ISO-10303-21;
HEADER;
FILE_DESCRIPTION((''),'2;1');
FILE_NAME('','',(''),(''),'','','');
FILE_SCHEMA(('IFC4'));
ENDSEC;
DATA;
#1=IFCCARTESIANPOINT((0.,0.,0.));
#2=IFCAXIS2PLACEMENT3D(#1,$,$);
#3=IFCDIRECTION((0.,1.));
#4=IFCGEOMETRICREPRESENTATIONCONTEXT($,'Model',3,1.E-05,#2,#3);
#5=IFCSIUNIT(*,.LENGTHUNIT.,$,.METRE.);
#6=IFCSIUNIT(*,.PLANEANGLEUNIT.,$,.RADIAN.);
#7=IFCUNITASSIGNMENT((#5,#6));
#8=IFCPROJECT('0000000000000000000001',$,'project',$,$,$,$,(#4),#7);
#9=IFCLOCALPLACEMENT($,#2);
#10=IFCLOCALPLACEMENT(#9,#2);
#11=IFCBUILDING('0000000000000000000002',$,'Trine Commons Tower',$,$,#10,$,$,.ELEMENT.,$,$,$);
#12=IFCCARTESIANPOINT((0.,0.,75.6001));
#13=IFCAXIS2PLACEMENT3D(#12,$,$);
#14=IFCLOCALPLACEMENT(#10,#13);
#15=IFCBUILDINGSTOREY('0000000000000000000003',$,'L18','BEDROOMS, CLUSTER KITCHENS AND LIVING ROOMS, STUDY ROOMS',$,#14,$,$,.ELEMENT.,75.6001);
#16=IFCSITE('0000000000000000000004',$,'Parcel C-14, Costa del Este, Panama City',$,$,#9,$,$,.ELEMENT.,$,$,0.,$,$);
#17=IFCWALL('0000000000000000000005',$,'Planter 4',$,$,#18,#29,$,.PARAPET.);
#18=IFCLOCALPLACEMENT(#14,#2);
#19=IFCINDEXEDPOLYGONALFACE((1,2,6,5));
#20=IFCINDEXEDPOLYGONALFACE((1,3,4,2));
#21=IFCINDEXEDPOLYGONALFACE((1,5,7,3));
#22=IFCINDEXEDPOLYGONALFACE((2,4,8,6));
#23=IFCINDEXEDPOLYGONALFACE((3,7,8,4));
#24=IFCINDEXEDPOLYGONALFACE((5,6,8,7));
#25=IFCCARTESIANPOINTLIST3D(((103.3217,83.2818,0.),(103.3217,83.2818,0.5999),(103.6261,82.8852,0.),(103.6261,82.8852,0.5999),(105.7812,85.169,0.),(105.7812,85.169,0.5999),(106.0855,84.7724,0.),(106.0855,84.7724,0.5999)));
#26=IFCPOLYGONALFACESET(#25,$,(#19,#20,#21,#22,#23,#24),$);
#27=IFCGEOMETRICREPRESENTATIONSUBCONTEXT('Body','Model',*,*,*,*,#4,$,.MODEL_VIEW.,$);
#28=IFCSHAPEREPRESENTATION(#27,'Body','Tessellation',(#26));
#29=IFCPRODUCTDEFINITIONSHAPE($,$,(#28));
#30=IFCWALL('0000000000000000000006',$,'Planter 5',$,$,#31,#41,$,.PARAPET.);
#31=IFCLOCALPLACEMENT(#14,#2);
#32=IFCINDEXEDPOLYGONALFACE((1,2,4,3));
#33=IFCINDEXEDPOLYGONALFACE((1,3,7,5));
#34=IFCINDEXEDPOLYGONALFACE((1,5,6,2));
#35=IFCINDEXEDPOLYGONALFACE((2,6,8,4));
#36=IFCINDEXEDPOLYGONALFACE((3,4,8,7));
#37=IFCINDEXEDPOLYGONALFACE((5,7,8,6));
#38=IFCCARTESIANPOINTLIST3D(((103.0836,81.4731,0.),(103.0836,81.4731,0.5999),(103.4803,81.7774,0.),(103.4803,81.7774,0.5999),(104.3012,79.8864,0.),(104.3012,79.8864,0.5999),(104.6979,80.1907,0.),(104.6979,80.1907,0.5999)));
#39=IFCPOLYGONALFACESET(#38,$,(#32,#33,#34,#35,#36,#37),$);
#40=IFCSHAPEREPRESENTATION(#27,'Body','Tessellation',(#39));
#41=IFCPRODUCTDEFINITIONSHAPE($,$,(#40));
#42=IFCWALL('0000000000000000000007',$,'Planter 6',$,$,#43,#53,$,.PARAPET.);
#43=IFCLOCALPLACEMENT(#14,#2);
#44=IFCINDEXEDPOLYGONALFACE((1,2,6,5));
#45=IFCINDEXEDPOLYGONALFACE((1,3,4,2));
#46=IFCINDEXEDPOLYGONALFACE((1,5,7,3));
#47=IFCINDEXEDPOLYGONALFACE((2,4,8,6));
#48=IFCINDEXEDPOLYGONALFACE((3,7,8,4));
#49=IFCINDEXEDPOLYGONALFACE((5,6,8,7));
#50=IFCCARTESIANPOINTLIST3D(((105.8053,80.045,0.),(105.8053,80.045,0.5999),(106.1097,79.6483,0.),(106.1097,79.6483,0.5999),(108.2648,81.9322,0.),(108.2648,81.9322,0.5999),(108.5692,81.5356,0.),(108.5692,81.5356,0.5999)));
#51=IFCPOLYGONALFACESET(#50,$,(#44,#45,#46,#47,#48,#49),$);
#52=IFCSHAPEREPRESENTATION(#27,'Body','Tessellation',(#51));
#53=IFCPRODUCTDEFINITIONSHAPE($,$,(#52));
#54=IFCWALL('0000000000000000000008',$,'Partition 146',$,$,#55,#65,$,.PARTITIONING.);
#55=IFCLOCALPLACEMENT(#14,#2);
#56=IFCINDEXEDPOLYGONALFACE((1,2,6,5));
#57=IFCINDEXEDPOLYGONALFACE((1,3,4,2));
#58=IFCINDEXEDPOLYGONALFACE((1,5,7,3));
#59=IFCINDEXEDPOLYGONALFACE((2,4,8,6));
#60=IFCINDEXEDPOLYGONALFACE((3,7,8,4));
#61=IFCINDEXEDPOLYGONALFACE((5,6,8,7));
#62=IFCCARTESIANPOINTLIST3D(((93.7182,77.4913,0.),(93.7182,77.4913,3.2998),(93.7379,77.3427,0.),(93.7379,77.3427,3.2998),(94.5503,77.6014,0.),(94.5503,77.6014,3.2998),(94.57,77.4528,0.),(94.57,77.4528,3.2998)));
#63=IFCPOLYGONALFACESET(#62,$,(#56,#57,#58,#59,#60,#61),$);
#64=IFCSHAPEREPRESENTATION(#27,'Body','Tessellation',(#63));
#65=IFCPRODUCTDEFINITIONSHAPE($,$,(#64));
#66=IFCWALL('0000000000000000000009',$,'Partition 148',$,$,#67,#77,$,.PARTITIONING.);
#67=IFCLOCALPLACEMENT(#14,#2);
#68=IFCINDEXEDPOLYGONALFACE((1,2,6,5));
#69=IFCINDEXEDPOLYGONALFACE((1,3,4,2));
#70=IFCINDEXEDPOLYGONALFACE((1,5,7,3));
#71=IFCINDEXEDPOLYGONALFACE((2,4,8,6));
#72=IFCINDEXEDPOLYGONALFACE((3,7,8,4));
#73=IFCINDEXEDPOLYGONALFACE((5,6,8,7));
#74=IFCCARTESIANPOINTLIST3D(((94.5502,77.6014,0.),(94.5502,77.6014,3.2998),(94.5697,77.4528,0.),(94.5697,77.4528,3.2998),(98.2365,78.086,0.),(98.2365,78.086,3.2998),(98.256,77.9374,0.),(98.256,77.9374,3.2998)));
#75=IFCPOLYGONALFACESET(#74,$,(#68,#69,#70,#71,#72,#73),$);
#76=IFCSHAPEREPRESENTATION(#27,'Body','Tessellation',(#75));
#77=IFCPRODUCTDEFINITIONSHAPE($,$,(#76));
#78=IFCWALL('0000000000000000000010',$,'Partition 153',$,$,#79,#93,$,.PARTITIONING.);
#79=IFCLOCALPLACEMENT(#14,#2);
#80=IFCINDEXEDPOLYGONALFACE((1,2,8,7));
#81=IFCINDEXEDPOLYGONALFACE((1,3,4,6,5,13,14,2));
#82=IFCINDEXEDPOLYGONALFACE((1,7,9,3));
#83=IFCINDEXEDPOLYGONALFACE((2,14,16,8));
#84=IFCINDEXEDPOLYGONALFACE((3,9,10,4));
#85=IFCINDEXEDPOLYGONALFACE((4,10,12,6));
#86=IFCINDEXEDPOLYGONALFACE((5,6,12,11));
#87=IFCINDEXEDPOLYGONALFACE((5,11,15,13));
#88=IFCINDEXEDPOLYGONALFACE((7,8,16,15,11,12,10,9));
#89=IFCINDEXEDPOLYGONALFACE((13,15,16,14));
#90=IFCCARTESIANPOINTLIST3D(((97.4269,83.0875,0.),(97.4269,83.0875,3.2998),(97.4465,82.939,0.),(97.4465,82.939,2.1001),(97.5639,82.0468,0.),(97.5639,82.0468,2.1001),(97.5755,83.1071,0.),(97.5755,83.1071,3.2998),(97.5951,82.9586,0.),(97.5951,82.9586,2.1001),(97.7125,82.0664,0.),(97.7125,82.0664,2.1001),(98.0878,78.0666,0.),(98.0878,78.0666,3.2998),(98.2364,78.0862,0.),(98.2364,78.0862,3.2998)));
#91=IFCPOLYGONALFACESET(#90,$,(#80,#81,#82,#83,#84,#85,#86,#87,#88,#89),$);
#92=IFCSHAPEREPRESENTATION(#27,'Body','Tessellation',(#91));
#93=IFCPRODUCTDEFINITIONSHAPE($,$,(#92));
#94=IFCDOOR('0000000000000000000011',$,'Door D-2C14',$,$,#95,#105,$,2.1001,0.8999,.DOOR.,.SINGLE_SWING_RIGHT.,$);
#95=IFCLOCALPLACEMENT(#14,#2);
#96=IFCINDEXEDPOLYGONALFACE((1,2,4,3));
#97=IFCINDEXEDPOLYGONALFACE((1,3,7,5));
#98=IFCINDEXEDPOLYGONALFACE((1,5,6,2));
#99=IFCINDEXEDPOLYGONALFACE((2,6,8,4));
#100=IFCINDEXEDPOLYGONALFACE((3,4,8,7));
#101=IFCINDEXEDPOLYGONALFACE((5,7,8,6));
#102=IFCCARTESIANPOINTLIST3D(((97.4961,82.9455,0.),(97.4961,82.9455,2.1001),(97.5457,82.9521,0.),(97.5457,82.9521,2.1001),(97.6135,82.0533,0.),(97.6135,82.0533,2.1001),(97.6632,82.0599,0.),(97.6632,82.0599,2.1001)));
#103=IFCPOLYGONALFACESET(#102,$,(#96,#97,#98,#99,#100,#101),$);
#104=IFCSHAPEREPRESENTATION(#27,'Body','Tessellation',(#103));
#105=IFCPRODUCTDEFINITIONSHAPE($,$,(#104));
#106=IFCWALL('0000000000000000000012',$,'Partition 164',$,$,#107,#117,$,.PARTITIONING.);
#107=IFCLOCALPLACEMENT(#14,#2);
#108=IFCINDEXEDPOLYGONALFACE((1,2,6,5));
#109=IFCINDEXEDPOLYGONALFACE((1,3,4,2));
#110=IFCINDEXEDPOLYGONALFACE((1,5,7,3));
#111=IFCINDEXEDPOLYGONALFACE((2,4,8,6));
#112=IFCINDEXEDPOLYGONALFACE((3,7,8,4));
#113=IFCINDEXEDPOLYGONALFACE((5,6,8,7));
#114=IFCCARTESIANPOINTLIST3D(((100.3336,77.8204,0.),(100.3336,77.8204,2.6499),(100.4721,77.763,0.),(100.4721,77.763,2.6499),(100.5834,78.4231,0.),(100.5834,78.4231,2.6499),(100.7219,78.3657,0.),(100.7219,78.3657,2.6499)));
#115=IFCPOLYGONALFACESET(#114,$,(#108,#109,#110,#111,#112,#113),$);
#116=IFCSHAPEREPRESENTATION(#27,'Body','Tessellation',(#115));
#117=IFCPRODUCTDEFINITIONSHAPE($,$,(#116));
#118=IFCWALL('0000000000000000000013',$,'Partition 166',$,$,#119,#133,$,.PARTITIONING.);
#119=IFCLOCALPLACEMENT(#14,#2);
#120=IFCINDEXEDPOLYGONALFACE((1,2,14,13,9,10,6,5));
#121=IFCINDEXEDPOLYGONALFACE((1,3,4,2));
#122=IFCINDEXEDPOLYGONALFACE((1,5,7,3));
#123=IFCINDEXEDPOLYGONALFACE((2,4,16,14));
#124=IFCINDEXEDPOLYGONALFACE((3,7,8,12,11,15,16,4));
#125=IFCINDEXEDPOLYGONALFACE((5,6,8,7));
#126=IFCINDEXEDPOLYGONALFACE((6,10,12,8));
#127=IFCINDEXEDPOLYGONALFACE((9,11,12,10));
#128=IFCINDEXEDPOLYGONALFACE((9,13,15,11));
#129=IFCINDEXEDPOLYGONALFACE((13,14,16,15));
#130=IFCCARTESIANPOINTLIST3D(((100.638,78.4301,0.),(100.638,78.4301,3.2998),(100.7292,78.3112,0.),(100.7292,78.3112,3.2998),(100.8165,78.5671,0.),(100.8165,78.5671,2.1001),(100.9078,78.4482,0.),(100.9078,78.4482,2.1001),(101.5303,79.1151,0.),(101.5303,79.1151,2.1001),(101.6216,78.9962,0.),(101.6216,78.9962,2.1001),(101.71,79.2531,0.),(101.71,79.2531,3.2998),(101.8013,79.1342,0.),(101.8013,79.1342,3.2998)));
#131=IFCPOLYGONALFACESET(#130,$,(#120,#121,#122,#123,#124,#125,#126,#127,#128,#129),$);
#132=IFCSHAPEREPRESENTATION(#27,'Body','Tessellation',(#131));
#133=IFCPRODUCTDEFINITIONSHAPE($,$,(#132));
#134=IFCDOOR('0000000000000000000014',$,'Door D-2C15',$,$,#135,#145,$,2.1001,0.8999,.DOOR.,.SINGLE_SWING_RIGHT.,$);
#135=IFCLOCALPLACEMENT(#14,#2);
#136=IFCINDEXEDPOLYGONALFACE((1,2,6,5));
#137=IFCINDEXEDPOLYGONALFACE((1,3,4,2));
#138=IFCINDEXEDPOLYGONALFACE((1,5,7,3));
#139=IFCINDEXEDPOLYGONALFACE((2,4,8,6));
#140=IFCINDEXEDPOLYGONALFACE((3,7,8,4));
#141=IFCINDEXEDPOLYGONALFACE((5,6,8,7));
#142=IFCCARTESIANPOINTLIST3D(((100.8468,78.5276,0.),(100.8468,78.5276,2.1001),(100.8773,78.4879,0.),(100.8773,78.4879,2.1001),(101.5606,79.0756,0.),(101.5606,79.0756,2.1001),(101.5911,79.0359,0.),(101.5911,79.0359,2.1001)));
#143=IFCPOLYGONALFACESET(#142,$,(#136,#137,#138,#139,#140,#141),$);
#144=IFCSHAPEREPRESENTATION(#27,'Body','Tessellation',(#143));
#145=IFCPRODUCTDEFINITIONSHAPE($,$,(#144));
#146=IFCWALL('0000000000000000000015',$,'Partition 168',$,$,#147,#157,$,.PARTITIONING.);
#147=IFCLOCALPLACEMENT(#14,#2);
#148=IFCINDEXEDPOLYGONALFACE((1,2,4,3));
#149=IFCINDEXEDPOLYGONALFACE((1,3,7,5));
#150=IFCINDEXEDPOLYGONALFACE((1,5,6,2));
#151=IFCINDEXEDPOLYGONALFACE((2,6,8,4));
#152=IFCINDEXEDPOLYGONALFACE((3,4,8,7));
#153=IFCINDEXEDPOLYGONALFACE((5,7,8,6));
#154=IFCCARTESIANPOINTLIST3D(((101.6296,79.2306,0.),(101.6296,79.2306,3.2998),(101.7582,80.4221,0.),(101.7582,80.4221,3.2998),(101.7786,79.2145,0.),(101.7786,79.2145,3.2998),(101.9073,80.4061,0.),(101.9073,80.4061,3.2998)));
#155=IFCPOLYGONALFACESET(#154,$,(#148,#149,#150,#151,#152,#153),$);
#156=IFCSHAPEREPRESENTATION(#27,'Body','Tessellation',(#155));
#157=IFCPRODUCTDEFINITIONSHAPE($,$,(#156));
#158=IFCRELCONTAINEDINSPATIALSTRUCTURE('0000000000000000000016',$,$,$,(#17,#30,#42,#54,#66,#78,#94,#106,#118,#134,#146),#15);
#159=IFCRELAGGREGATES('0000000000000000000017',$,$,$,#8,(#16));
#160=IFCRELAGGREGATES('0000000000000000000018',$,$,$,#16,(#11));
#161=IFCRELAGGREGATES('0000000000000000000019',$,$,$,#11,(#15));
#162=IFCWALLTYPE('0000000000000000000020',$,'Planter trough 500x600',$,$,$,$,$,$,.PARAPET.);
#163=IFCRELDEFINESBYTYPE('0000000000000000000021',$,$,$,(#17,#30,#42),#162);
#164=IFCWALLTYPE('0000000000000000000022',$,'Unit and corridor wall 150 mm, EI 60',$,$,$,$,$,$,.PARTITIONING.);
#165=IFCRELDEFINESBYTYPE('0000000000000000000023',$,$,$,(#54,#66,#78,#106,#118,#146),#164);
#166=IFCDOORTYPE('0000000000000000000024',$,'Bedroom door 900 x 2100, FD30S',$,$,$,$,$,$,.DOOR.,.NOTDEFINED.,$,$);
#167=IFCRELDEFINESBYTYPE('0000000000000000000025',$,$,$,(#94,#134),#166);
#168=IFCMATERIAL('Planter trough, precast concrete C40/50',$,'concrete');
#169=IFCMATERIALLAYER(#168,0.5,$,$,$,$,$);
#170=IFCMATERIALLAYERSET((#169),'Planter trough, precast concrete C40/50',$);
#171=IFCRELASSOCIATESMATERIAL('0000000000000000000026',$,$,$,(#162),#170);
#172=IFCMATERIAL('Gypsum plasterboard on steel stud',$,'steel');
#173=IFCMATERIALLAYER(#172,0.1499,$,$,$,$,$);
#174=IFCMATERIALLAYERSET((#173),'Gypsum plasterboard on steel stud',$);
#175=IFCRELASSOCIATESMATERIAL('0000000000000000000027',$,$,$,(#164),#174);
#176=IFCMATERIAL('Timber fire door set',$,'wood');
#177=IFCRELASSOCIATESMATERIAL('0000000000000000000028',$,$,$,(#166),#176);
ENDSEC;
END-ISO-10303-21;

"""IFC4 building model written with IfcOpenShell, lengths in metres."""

from ifc_helpers import new_model, si_unit, direction, frame, frame_2d, origin, place, context, subcontext, project, spatial, rectangle, extrude, material, layer, layer_set, type_object, element, fill, save


model = new_model("IFC4")

# Units and contexts
model_context = context("Model", 3, precision=1e-05, world=origin(), true_north=direction((0.0, 1.0)))
body_context = subcontext(model_context, "Body", "Model", "MODEL_VIEW")
ifc_project = project(units=[si_unit("LENGTHUNIT", "METRE"), si_unit("PLANEANGLEUNIT", "RADIAN")], contexts=[model_context])

# Site, building, storey
site_placement = place(None, origin())
site = spatial("IfcSite", under=ifc_project, at=site_placement, Name="Parcel C-14, Costa del Este, Panama City", CompositionType="ELEMENT", RefElevation=0.0)
building_placement = place(site_placement, origin())
building = spatial("IfcBuilding", under=site, at=building_placement, Name="Trine Commons Tower", CompositionType="ELEMENT")
storey_placement = place(building_placement, frame((0.0, 0.0, 75.6001)))
storey = spatial("IfcBuildingStorey", under=building, at=storey_placement, Name="L18", Description="BEDROOMS, CLUSTER KITCHENS AND LIVING ROOMS, STUDY ROOMS", CompositionType="ELEMENT", Elevation=75.6001)

# Walls
ifc_material_1 = material(Name="Planter trough, precast concrete C40/50", Category="concrete")
ifc_layer_1 = layer(ifc_material_1, 0.5)
ifc_layer_set_1 = layer_set([ifc_layer_1], Name="Planter trough, precast concrete C40/50")
wall_type_1 = type_object("IfcWallType", Name="Planter trough 500x600", PredefinedType="PARAPET", material=ifc_layer_set_1)
wall_1_placement = place(storey_placement, frame((105.9333, 84.9707, 0.0), z_axis=(0.0, 0.0, 1.0), x_axis=(-0.793355, -0.608759, 0.0)))
element("IfcWall", 1, at=wall_1_placement, inside=storey, type_object=wall_type_1, Name="Planter 4", PredefinedType="PARAPET", context=body_context, shape_type="SweptSolid", body=[
    extrude(rectangle(XDim=3.1001, YDim=0.5, at=frame_2d((1.55, 0.0))), origin(), (0.0, 0.0, 1.0), 0.5999),
])
wall_2_placement = place(storey_placement, frame((103.282, 81.6252, 0.0), z_axis=(0.0, 0.0, 1.0), x_axis=(0.608772, -0.793345, 0.0)))
element("IfcWall", 2, at=wall_2_placement, inside=storey, type_object=wall_type_1, Name="Planter 5", PredefinedType="PARAPET", context=body_context, shape_type="SweptSolid", body=[
    extrude(rectangle(XDim=2.0, YDim=0.5, at=frame_2d((1.0, 0.0))), origin(), (0.0, 0.0, 1.0), 0.5999),
])
wall_3_placement = place(storey_placement, frame((105.9575, 79.8467, 0.0), z_axis=(0.0, 0.0, 1.0), x_axis=(0.793355, 0.608759, 0.0)))
element("IfcWall", 3, at=wall_3_placement, inside=storey, type_object=wall_type_1, Name="Planter 6", PredefinedType="PARAPET", context=body_context, shape_type="SweptSolid", body=[
    extrude(rectangle(XDim=3.1001, YDim=0.5, at=frame_2d((1.55, 0.0))), origin(), (0.0, 0.0, 1.0), 0.5999),
])
ifc_material_2 = material(Name="Gypsum plasterboard on steel stud", Category="steel")
ifc_layer_2 = layer(ifc_material_2, 0.1499)
ifc_layer_set_2 = layer_set([ifc_layer_2], Name="Gypsum plasterboard on steel stud")
wall_type_2 = type_object("IfcWallType", Name="Unit and corridor wall 150 mm, EI 60", PredefinedType="PARTITIONING", material=ifc_layer_set_2)
wall_4_placement = place(storey_placement, frame((93.728, 77.417, 0.0), z_axis=(0.0, 0.0, 1.0), x_axis=(0.991357, 0.131192, 0.0)))
element("IfcWall", 4, at=wall_4_placement, inside=storey, type_object=wall_type_2, Name="Partition 146", PredefinedType="PARTITIONING", context=body_context, shape_type="SweptSolid", body=[
    extrude(rectangle(XDim=0.8394, YDim=0.1499, at=frame_2d((0.4197, 0.0))), origin(), (0.0, 0.0, 1.0), 3.2998),
])
wall_5_placement = place(storey_placement, frame((94.5601, 77.5271, 0.0), z_axis=(0.0, 0.0, 1.0), x_axis=(0.991469, 0.130344, 0.0)))
element("IfcWall", 5, at=wall_5_placement, inside=storey, type_object=wall_type_2, Name="Partition 148", PredefinedType="PARTITIONING", context=body_context, shape_type="SweptSolid", body=[
    extrude(rectangle(XDim=3.718, YDim=0.1499, at=frame_2d((1.8589, 0.0))), origin(), (0.0, 0.0, 1.0), 3.2998),
])

# Wall, opening, door
wall_6_placement = place(storey_placement, frame((97.5012, 83.0974, 0.0), z_axis=(0.0, 0.0, 1.0), x_axis=(0.130499, -0.991448, 0.0)))
wall_6 = element("IfcWall", 6, at=wall_6_placement, inside=storey, type_object=wall_type_2, Name="Partition 153", PredefinedType="PARTITIONING", context=body_context, shape_type="SweptSolid", body=[
    extrude(rectangle(XDim=5.0642, YDim=0.1499, at=frame_2d((2.5322, 0.0))), origin(), (0.0, 0.0, 1.0), 3.2998),
])
opening_1_placement = place(wall_6_placement, frame((0.1499, 0.0, 0.0)))
opening_1 = element("IfcOpeningElement", 7, at=opening_1_placement, cuts=wall_6, PredefinedType="OPENING", context=body_context, shape_type="SweptSolid", body=[
    extrude(rectangle(XDim=0.8999, YDim=2.1001, at=frame_2d((0.45, 1.05))), frame((0.0, 0.085, 0.0), z_axis=(0.0, -1.0, 0.0), x_axis=(1.0, 0.0, 0.0)), (0.0, 0.0, 1.0), 0.1699),
])
ifc_material_3 = material(Name="Timber fire door set", Category="wood")
door_type_1 = type_object("IfcDoorType", Name="Bedroom door 900 x 2100, FD30S", OperationType="NOTDEFINED", PredefinedType="DOOR", material=ifc_material_3)
door_1_placement = place(opening_1_placement, frame((0.8999, 0.0, 0.0), z_axis=(0.0, 0.0, 1.0), x_axis=(-1.0, 0.0, 0.0)))
door_1 = element("IfcDoor", 8, at=door_1_placement, inside=storey, type_object=door_type_1, Name="Door D-2C14", OperationType="SINGLE_SWING_RIGHT", OverallHeight=2.1001, OverallWidth=0.8999, PredefinedType="DOOR", context=body_context, shape_type="SweptSolid", body=[
    extrude(rectangle(XDim=0.8999, YDim=2.1001, at=frame_2d((0.45, 1.05))), frame((0.0, 0.0249, 0.0), z_axis=(0.0, -1.0, 0.0), x_axis=(1.0, 0.0, 0.0)), (0.0, 0.0, 1.0), 0.05),
])
fill(opening_1, door_1)

# Wall
wall_7_placement = place(storey_placement, frame((100.4028, 77.7917, 0.0), z_axis=(0.0, 0.0, 1.0), x_axis=(0.382914, 0.923784, 0.0)))
element("IfcWall", 9, at=wall_7_placement, inside=storey, type_object=wall_type_2, Name="Partition 164", PredefinedType="PARTITIONING", context=body_context, shape_type="SweptSolid", body=[
    extrude(rectangle(XDim=0.6523, YDim=0.1499, at=frame_2d((0.3262, 0.0))), origin(), (0.0, 0.0, 1.0), 2.6499),
])

# Wall, opening, door
wall_8_placement = place(storey_placement, frame((100.6836, 78.3706, 0.0), z_axis=(0.0, 0.0, 1.0), x_axis=(0.793208, 0.608951, 0.0)))
wall_8 = element("IfcWall", 10, at=wall_8_placement, inside=storey, type_object=wall_type_2, Name="Partition 166", PredefinedType="PARTITIONING", context=body_context, shape_type="SweptSolid", body=[
    extrude(rectangle(XDim=1.3516, YDim=0.1499, at=frame_2d((0.6758, 0.0))), origin(), (0.0, 0.0, 1.0), 3.2998),
])
opening_2_placement = place(wall_8_placement, frame((0.2251, 0.0, 0.0)))
opening_2 = element("IfcOpeningElement", 11, at=opening_2_placement, cuts=wall_8, PredefinedType="OPENING", context=body_context, shape_type="SweptSolid", body=[
    extrude(rectangle(XDim=0.8999, YDim=2.1001, at=frame_2d((0.45, 1.05))), frame((0.0, 0.085, 0.0), z_axis=(0.0, -1.0, 0.0), x_axis=(1.0, 0.0, 0.0)), (0.0, 0.0, 1.0), 0.1699),
])
door_2_placement = place(opening_2_placement, frame((0.8999, 0.0, 0.0), z_axis=(0.0, 0.0, 1.0), x_axis=(-1.0, 0.0, 0.0)))
door_2 = element("IfcDoor", 12, at=door_2_placement, inside=storey, type_object=door_type_1, Name="Door D-2C15", OperationType="SINGLE_SWING_RIGHT", OverallHeight=2.1001, OverallWidth=0.8999, PredefinedType="DOOR", context=body_context, shape_type="SweptSolid", body=[
    extrude(rectangle(XDim=0.8999, YDim=2.1001, at=frame_2d((0.45, 1.05))), frame((0.0, 0.0249, 0.0), z_axis=(0.0, -1.0, 0.0), x_axis=(1.0, 0.0, 0.0)), (0.0, 0.0, 1.0), 0.05),
])
fill(opening_2, door_2)

# Wall
wall_9_placement = place(storey_placement, frame((101.7041, 79.2227, 0.0), z_axis=(0.0, 0.0, 1.0), x_axis=(0.107346, 0.994222, 0.0)))
element("IfcWall", 13, at=wall_9_placement, inside=storey, type_object=wall_type_2, Name="Partition 168", PredefinedType="PARTITIONING", context=body_context, shape_type="SweptSolid", body=[
    extrude(rectangle(XDim=1.1985, YDim=0.1499, at=frame_2d((0.5991, 0.0))), origin(), (0.0, 0.0, 1.0), 3.2998),
])

save(model, "model.ifc")
